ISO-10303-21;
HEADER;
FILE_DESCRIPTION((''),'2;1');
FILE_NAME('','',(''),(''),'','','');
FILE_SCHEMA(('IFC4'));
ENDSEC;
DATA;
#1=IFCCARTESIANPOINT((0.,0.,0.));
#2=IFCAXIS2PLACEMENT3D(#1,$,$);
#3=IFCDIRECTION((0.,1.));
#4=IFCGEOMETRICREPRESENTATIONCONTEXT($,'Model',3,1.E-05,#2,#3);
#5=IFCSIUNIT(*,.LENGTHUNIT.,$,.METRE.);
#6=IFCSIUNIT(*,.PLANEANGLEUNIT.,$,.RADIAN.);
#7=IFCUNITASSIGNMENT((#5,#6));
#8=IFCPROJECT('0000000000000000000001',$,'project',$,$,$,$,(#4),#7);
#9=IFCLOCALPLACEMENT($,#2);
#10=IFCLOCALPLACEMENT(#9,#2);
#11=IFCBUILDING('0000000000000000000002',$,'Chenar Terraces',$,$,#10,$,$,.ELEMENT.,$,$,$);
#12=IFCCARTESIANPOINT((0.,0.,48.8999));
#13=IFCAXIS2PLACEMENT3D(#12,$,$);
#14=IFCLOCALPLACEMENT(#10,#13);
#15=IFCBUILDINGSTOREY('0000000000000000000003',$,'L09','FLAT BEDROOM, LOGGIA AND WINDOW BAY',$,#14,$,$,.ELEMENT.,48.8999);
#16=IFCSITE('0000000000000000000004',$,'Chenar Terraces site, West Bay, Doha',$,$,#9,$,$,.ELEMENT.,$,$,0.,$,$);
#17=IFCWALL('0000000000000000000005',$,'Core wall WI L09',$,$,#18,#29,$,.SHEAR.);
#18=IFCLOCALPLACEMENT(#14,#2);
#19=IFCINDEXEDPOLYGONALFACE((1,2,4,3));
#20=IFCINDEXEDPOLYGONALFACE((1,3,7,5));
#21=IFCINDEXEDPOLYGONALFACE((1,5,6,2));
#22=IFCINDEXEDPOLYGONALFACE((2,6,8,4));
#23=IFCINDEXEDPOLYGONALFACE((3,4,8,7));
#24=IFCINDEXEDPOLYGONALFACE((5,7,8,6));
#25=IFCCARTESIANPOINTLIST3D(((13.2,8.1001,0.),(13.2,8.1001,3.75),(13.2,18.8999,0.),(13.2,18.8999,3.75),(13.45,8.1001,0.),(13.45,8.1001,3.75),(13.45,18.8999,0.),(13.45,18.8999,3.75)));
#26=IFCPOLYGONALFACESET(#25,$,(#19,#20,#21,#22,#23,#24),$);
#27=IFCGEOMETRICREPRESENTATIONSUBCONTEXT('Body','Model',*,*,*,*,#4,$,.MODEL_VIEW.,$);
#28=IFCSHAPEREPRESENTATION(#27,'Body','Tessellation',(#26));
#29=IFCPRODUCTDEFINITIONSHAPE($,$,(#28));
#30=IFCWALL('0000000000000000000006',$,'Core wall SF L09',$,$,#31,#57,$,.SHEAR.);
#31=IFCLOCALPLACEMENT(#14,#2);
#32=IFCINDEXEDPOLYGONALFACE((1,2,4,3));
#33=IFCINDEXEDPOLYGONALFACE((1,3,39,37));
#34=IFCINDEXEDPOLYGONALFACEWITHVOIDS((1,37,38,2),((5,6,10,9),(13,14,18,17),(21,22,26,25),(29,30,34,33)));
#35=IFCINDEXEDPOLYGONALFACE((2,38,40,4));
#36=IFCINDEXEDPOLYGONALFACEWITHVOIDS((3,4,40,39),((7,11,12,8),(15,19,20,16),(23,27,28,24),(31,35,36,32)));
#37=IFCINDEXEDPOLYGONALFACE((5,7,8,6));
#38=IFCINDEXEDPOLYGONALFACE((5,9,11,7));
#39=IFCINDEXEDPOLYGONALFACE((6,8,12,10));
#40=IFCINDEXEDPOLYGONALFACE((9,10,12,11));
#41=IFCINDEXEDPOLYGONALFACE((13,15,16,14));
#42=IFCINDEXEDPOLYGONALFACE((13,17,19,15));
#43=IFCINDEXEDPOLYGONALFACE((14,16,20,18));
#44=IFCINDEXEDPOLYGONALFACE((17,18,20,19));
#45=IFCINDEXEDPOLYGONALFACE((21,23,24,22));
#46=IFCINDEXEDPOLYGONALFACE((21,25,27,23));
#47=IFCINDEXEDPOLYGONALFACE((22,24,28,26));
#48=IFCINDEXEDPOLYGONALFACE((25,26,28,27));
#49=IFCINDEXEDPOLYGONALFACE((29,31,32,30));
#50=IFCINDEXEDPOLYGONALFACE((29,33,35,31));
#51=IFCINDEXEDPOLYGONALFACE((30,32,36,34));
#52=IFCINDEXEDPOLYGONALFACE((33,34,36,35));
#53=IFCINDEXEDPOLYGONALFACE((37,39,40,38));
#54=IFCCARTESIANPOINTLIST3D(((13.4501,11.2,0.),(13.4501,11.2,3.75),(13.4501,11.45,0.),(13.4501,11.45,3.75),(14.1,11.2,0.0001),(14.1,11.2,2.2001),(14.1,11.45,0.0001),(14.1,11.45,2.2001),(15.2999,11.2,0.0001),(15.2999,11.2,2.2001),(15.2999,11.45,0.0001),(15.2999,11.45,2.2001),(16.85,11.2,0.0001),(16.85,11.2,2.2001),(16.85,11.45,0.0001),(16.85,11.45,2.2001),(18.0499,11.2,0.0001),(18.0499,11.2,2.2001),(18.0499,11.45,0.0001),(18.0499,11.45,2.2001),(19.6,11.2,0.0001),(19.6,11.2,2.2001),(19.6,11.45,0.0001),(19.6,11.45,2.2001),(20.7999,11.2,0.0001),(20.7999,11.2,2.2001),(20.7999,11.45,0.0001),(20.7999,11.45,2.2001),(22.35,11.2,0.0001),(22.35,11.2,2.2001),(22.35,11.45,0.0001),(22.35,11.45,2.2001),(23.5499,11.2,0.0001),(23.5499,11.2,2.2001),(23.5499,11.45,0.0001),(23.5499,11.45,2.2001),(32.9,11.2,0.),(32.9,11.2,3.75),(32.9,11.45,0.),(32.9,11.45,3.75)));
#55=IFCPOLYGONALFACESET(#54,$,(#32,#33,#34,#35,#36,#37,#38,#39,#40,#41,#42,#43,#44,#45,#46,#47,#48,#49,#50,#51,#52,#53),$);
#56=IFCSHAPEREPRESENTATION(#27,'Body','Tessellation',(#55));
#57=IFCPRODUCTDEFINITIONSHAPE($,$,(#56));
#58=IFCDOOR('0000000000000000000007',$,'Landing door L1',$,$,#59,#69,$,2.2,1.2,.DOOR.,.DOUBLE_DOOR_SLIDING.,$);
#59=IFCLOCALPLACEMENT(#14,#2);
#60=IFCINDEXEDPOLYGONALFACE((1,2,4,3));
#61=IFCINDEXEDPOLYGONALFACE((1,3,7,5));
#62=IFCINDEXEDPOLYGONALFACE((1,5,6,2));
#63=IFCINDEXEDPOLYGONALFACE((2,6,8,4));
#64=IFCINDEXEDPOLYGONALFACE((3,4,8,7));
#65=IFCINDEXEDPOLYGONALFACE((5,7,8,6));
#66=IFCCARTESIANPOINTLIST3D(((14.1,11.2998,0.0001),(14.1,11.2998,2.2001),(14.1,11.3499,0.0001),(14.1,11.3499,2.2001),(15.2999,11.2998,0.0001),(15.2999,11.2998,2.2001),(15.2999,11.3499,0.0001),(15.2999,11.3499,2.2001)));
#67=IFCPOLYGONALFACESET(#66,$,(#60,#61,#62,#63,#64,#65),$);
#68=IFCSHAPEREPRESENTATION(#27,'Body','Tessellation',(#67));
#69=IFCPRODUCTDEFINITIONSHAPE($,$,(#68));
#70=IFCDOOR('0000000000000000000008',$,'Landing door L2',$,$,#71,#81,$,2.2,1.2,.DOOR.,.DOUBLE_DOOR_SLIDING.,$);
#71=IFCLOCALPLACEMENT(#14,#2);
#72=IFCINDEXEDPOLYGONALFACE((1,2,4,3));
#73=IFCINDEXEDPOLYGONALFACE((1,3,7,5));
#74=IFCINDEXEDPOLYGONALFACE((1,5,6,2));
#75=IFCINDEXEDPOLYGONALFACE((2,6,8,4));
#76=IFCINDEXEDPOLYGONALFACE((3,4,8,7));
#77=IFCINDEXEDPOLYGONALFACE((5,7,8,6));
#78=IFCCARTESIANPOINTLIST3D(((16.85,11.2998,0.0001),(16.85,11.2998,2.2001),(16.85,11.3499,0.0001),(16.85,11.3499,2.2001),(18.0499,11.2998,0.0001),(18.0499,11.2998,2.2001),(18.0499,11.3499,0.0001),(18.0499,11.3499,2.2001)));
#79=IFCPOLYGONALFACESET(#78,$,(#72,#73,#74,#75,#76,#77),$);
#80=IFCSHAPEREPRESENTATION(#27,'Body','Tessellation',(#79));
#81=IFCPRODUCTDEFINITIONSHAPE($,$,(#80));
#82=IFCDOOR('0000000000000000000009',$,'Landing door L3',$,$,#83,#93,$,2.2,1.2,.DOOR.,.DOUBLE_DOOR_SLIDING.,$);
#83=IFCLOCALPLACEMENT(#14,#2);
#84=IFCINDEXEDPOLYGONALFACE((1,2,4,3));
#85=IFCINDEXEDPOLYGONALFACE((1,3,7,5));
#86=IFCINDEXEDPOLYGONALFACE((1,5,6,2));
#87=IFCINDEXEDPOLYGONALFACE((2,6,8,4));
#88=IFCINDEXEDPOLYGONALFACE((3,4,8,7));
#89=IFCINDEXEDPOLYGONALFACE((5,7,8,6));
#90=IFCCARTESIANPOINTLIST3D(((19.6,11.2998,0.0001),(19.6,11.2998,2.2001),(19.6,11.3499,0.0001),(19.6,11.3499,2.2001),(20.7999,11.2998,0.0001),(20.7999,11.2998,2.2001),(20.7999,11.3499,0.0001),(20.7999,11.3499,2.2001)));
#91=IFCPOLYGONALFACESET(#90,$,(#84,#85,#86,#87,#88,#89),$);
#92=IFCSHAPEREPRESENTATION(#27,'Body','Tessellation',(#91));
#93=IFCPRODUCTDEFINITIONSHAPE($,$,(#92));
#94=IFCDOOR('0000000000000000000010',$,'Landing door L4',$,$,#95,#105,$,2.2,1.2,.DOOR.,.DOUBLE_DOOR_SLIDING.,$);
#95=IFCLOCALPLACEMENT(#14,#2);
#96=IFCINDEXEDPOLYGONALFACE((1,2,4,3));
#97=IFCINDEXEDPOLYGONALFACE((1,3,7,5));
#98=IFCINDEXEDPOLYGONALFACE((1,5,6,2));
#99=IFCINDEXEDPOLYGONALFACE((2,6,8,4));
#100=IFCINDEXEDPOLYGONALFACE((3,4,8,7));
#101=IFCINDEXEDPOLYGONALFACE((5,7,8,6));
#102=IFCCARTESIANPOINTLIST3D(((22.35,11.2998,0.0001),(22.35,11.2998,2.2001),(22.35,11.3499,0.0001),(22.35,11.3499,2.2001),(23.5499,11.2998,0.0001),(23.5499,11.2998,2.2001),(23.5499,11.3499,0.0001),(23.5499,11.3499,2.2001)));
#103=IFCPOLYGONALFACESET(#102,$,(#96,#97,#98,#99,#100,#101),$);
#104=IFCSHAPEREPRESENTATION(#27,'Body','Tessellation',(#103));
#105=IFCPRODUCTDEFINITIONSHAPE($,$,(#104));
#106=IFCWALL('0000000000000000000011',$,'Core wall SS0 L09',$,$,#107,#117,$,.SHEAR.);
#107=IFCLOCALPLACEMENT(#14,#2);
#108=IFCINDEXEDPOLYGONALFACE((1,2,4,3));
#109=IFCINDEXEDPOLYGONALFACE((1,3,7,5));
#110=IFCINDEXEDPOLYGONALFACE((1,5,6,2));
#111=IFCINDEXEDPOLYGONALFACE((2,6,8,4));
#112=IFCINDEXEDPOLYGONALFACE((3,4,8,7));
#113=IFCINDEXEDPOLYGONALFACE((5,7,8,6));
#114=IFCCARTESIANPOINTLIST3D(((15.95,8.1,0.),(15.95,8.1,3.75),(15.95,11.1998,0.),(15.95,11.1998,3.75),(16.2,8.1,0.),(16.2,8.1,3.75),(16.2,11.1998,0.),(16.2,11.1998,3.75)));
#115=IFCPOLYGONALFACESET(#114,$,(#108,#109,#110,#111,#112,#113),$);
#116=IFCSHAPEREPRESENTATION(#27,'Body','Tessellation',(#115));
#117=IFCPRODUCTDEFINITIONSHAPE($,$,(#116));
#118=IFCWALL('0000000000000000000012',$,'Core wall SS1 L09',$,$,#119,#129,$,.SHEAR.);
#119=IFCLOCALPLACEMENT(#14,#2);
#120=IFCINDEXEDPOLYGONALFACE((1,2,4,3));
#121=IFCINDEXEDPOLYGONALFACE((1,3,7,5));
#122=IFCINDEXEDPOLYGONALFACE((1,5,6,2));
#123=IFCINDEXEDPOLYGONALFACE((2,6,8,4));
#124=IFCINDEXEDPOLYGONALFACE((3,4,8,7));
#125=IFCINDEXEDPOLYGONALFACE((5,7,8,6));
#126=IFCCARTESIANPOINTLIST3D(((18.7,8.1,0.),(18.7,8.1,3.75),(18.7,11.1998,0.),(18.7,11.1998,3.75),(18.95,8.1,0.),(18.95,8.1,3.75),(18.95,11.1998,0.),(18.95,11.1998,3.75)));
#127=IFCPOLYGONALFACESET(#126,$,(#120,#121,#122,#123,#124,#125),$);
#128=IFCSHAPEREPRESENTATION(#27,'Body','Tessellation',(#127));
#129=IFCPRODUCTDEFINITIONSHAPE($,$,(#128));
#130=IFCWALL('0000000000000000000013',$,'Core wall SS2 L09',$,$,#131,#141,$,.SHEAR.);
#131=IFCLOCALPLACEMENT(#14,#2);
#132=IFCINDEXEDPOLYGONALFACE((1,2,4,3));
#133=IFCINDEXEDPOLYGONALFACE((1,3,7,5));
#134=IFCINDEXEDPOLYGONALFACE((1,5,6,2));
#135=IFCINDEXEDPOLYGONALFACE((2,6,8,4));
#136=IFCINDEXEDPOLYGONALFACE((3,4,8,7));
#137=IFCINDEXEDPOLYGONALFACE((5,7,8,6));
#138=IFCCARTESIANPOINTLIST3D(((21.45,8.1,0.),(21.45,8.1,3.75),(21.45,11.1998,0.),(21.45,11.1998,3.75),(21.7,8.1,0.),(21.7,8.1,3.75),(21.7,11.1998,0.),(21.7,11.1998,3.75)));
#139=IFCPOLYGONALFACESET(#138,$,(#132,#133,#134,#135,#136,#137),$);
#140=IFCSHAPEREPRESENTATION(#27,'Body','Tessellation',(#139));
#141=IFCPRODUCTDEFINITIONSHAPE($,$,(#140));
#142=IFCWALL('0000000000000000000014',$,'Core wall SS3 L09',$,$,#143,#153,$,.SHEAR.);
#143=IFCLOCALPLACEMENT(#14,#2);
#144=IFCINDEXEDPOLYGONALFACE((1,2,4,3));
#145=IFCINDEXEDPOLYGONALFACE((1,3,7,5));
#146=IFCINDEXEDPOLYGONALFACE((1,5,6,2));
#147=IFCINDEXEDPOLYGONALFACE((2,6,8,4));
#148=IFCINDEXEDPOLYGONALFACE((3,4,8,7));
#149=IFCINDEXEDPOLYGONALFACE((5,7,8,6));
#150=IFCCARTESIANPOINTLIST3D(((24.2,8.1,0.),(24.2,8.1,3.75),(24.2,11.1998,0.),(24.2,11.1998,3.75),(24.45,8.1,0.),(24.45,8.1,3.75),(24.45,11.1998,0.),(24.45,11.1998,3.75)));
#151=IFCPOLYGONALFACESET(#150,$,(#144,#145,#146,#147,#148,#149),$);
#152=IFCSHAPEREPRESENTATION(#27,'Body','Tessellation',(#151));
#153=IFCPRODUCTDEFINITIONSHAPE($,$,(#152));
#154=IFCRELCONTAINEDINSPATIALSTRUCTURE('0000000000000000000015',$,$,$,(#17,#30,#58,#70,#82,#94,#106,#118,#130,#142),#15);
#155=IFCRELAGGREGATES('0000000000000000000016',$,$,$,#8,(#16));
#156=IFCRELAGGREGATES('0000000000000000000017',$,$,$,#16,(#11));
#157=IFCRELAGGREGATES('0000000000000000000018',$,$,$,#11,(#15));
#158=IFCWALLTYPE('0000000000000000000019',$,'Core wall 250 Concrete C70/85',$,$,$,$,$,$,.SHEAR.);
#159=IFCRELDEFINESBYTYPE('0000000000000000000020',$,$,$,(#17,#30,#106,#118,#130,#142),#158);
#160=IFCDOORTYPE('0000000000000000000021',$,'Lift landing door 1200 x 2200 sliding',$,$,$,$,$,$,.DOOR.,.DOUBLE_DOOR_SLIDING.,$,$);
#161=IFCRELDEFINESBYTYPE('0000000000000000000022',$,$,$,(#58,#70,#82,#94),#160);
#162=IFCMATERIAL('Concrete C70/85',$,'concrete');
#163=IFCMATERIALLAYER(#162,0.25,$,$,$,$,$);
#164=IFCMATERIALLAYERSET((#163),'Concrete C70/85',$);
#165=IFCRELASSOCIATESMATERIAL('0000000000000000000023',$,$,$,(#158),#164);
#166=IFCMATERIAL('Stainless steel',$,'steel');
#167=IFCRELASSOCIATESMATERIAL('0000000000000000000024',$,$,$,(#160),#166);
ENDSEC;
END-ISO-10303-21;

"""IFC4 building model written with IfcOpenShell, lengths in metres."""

from ifc_helpers import new_model, si_unit, direction, frame, frame_2d, origin, place, context, subcontext, project, spatial, rectangle, extrude, material, layer, layer_set, type_object, element, fill, save


model = new_model("IFC4")

# Units and contexts
model_context = context("Model", 3, precision=1e-05, world=origin(), true_north=direction((0.0, 1.0)))
body_context = subcontext(model_context, "Body", "Model", "MODEL_VIEW")
ifc_project = project(units=[si_unit("LENGTHUNIT", "METRE"), si_unit("PLANEANGLEUNIT", "RADIAN")], contexts=[model_context])

# Site, building, storey
site_placement = place(None, origin())
site = spatial("IfcSite", under=ifc_project, at=site_placement, Name="Chenar Terraces site, West Bay, Doha", CompositionType="ELEMENT", RefElevation=0.0)
building_placement = place(site_placement, origin())
building = spatial("IfcBuilding", under=site, at=building_placement, Name="Chenar Terraces", CompositionType="ELEMENT")
storey_placement = place(building_placement, frame((0.0, 0.0, 48.8999)))
storey = spatial("IfcBuildingStorey", under=building, at=storey_placement, Name="L09", Description="FLAT BEDROOM, LOGGIA AND WINDOW BAY", CompositionType="ELEMENT", Elevation=48.8999)

# Wall
ifc_material_1 = material(Name="Concrete C70/85", Category="concrete")
ifc_layer_1 = layer(ifc_material_1, 0.25)
ifc_layer_set_1 = layer_set([ifc_layer_1], Name="Concrete C70/85")
wall_type_1 = type_object("IfcWallType", Name="Core wall 250 Concrete C70/85", PredefinedType="SHEAR", material=ifc_layer_set_1)
wall_1_placement = place(storey_placement, frame((13.325, 8.1001, 0.0), z_axis=(0.0, 0.0, 1.0), x_axis=(0.0, 1.0, 0.0)))
element("IfcWall", 1, at=wall_1_placement, inside=storey, type_object=wall_type_1, Name="Core wall WI L09", PredefinedType="SHEAR", context=body_context, shape_type="SweptSolid", body=[
    extrude(rectangle(XDim=10.7998, YDim=0.25, at=frame_2d((5.3999, 0.0))), origin(), (0.0, 0.0, 1.0), 3.75),
])

# Wall, openings, doors
wall_2_placement = place(storey_placement, frame((13.45, 11.325, 0.0), z_axis=(0.0, 0.0, 1.0), x_axis=(1.0, 0.0, 0.0)))
wall_2 = element("IfcWall", 2, at=wall_2_placement, inside=storey, type_object=wall_type_1, Name="Core wall SF L09", PredefinedType="SHEAR", context=body_context, shape_type="SweptSolid", body=[
    extrude(rectangle(XDim=19.45, YDim=0.25, at=frame_2d((9.7251, 0.0))), origin(), (0.0, 0.0, 1.0), 3.75),
])
opening_1_placement = place(wall_2_placement, frame((0.6499, 0.0, 0.0)))
opening_1 = element("IfcOpeningElement", 3, at=opening_1_placement, cuts=wall_2, PredefinedType="OPENING", context=body_context, shape_type="SweptSolid", body=[
    extrude(rectangle(XDim=1.2, YDim=2.2, at=frame_2d((0.6001, 1.1001))), frame((0.0, 0.135, 0.0), z_axis=(0.0, -1.0, 0.0), x_axis=(1.0, 0.0, 0.0)), (0.0, 0.0, 1.0), 0.27),
])
opening_2_placement = place(wall_2_placement, frame((3.3999, 0.0, 0.0)))
opening_2 = element("IfcOpeningElement", 4, at=opening_2_placement, cuts=wall_2, PredefinedType="OPENING", context=body_context, shape_type="SweptSolid", body=[
    extrude(rectangle(XDim=1.2, YDim=2.2, at=frame_2d((0.6001, 1.1001))), frame((0.0, 0.135, 0.0), z_axis=(0.0, -1.0, 0.0), x_axis=(1.0, 0.0, 0.0)), (0.0, 0.0, 1.0), 0.27),
])
opening_3_placement = place(wall_2_placement, frame((6.1499, 0.0, 0.0)))
opening_3 = element("IfcOpeningElement", 5, at=opening_3_placement, cuts=wall_2, PredefinedType="OPENING", context=body_context, shape_type="SweptSolid", body=[
    extrude(rectangle(XDim=1.2, YDim=2.2, at=frame_2d((0.6001, 1.1001))), frame((0.0, 0.135, 0.0), z_axis=(0.0, -1.0, 0.0), x_axis=(1.0, 0.0, 0.0)), (0.0, 0.0, 1.0), 0.27),
])
opening_4_placement = place(wall_2_placement, frame((8.8999, 0.0, 0.0)))
opening_4 = element("IfcOpeningElement", 6, at=opening_4_placement, cuts=wall_2, PredefinedType="OPENING", context=body_context, shape_type="SweptSolid", body=[
    extrude(rectangle(XDim=1.2, YDim=2.2, at=frame_2d((0.6001, 1.1001))), frame((0.0, 0.135, 0.0), z_axis=(0.0, -1.0, 0.0), x_axis=(1.0, 0.0, 0.0)), (0.0, 0.0, 1.0), 0.27),
])
ifc_material_2 = material(Name="Stainless steel", Category="steel")
door_type_1 = type_object("IfcDoorType", Name="Lift landing door 1200 x 2200 sliding", OperationType="DOUBLE_DOOR_SLIDING", PredefinedType="DOOR", material=ifc_material_2)
door_1_placement = place(opening_1_placement, origin())
door_1 = element("IfcDoor", 7, at=door_1_placement, inside=storey, type_object=door_type_1, Name="Landing door L1", OperationType="DOUBLE_DOOR_SLIDING", OverallHeight=2.2, OverallWidth=1.2, PredefinedType="DOOR", context=body_context, shape_type="SweptSolid", body=[
    extrude(rectangle(XDim=1.2, YDim=2.2, at=frame_2d((0.6001, 1.1001))), frame((0.0, 0.0249, 0.0), z_axis=(0.0, -1.0, 0.0), x_axis=(1.0, 0.0, 0.0)), (0.0, 0.0, 1.0), 0.05),
])
fill(opening_1, door_1)
door_2_placement = place(opening_2_placement, origin())
door_2 = element("IfcDoor", 8, at=door_2_placement, inside=storey, type_object=door_type_1, Name="Landing door L2", OperationType="DOUBLE_DOOR_SLIDING", OverallHeight=2.2, OverallWidth=1.2, PredefinedType="DOOR", context=body_context, shape_type="SweptSolid", body=[
    extrude(rectangle(XDim=1.2, YDim=2.2, at=frame_2d((0.6001, 1.1001))), frame((0.0, 0.0249, 0.0), z_axis=(0.0, -1.0, 0.0), x_axis=(1.0, 0.0, 0.0)), (0.0, 0.0, 1.0), 0.05),
])
fill(opening_2, door_2)
door_3_placement = place(opening_3_placement, origin())
door_3 = element("IfcDoor", 9, at=door_3_placement, inside=storey, type_object=door_type_1, Name="Landing door L3", OperationType="DOUBLE_DOOR_SLIDING", OverallHeight=2.2, OverallWidth=1.2, PredefinedType="DOOR", context=body_context, shape_type="SweptSolid", body=[
    extrude(rectangle(XDim=1.2, YDim=2.2, at=frame_2d((0.6001, 1.1001))), frame((0.0, 0.0249, 0.0), z_axis=(0.0, -1.0, 0.0), x_axis=(1.0, 0.0, 0.0)), (0.0, 0.0, 1.0), 0.05),
])
fill(opening_3, door_3)
door_4_placement = place(opening_4_placement, origin())
door_4 = element("IfcDoor", 10, at=door_4_placement, inside=storey, type_object=door_type_1, Name="Landing door L4", OperationType="DOUBLE_DOOR_SLIDING", OverallHeight=2.2, OverallWidth=1.2, PredefinedType="DOOR", context=body_context, shape_type="SweptSolid", body=[
    extrude(rectangle(XDim=1.2, YDim=2.2, at=frame_2d((0.6001, 1.1001))), frame((0.0, 0.0249, 0.0), z_axis=(0.0, -1.0, 0.0), x_axis=(1.0, 0.0, 0.0)), (0.0, 0.0, 1.0), 0.05),
])
fill(opening_4, door_4)

# Walls
for number, where, z_axis, x_axis, name in (
    (11, (16.075, 8.1001, 0.0), (0.0, 0.0, 1.0), (0.0, 1.0, 0.0), "Core wall SS0 L09"),
    (12, (18.825, 8.1001, 0.0), (0.0, 0.0, 1.0), (0.0, 1.0, 0.0), "Core wall SS1 L09"),
    (13, (21.575, 8.1001, 0.0), (0.0, 0.0, 1.0), (0.0, 1.0, 0.0), "Core wall SS2 L09"),
    (14, (24.325, 8.1001, 0.0), (0.0, 0.0, 1.0), (0.0, 1.0, 0.0), "Core wall SS3 L09"),
):
    element("IfcWall", number, at=place(storey_placement, frame(where, z_axis=z_axis, x_axis=x_axis)), inside=storey, type_object=wall_type_1, Name=name, PredefinedType="SHEAR", context=body_context, shape_type="SweptSolid", body=[
        extrude(rectangle(XDim=3.0999, YDim=0.25, at=frame_2d((1.5498, 0.0))), origin(), (0.0, 0.0, 1.0), 3.75),
    ])

save(model, "model.ifc")
